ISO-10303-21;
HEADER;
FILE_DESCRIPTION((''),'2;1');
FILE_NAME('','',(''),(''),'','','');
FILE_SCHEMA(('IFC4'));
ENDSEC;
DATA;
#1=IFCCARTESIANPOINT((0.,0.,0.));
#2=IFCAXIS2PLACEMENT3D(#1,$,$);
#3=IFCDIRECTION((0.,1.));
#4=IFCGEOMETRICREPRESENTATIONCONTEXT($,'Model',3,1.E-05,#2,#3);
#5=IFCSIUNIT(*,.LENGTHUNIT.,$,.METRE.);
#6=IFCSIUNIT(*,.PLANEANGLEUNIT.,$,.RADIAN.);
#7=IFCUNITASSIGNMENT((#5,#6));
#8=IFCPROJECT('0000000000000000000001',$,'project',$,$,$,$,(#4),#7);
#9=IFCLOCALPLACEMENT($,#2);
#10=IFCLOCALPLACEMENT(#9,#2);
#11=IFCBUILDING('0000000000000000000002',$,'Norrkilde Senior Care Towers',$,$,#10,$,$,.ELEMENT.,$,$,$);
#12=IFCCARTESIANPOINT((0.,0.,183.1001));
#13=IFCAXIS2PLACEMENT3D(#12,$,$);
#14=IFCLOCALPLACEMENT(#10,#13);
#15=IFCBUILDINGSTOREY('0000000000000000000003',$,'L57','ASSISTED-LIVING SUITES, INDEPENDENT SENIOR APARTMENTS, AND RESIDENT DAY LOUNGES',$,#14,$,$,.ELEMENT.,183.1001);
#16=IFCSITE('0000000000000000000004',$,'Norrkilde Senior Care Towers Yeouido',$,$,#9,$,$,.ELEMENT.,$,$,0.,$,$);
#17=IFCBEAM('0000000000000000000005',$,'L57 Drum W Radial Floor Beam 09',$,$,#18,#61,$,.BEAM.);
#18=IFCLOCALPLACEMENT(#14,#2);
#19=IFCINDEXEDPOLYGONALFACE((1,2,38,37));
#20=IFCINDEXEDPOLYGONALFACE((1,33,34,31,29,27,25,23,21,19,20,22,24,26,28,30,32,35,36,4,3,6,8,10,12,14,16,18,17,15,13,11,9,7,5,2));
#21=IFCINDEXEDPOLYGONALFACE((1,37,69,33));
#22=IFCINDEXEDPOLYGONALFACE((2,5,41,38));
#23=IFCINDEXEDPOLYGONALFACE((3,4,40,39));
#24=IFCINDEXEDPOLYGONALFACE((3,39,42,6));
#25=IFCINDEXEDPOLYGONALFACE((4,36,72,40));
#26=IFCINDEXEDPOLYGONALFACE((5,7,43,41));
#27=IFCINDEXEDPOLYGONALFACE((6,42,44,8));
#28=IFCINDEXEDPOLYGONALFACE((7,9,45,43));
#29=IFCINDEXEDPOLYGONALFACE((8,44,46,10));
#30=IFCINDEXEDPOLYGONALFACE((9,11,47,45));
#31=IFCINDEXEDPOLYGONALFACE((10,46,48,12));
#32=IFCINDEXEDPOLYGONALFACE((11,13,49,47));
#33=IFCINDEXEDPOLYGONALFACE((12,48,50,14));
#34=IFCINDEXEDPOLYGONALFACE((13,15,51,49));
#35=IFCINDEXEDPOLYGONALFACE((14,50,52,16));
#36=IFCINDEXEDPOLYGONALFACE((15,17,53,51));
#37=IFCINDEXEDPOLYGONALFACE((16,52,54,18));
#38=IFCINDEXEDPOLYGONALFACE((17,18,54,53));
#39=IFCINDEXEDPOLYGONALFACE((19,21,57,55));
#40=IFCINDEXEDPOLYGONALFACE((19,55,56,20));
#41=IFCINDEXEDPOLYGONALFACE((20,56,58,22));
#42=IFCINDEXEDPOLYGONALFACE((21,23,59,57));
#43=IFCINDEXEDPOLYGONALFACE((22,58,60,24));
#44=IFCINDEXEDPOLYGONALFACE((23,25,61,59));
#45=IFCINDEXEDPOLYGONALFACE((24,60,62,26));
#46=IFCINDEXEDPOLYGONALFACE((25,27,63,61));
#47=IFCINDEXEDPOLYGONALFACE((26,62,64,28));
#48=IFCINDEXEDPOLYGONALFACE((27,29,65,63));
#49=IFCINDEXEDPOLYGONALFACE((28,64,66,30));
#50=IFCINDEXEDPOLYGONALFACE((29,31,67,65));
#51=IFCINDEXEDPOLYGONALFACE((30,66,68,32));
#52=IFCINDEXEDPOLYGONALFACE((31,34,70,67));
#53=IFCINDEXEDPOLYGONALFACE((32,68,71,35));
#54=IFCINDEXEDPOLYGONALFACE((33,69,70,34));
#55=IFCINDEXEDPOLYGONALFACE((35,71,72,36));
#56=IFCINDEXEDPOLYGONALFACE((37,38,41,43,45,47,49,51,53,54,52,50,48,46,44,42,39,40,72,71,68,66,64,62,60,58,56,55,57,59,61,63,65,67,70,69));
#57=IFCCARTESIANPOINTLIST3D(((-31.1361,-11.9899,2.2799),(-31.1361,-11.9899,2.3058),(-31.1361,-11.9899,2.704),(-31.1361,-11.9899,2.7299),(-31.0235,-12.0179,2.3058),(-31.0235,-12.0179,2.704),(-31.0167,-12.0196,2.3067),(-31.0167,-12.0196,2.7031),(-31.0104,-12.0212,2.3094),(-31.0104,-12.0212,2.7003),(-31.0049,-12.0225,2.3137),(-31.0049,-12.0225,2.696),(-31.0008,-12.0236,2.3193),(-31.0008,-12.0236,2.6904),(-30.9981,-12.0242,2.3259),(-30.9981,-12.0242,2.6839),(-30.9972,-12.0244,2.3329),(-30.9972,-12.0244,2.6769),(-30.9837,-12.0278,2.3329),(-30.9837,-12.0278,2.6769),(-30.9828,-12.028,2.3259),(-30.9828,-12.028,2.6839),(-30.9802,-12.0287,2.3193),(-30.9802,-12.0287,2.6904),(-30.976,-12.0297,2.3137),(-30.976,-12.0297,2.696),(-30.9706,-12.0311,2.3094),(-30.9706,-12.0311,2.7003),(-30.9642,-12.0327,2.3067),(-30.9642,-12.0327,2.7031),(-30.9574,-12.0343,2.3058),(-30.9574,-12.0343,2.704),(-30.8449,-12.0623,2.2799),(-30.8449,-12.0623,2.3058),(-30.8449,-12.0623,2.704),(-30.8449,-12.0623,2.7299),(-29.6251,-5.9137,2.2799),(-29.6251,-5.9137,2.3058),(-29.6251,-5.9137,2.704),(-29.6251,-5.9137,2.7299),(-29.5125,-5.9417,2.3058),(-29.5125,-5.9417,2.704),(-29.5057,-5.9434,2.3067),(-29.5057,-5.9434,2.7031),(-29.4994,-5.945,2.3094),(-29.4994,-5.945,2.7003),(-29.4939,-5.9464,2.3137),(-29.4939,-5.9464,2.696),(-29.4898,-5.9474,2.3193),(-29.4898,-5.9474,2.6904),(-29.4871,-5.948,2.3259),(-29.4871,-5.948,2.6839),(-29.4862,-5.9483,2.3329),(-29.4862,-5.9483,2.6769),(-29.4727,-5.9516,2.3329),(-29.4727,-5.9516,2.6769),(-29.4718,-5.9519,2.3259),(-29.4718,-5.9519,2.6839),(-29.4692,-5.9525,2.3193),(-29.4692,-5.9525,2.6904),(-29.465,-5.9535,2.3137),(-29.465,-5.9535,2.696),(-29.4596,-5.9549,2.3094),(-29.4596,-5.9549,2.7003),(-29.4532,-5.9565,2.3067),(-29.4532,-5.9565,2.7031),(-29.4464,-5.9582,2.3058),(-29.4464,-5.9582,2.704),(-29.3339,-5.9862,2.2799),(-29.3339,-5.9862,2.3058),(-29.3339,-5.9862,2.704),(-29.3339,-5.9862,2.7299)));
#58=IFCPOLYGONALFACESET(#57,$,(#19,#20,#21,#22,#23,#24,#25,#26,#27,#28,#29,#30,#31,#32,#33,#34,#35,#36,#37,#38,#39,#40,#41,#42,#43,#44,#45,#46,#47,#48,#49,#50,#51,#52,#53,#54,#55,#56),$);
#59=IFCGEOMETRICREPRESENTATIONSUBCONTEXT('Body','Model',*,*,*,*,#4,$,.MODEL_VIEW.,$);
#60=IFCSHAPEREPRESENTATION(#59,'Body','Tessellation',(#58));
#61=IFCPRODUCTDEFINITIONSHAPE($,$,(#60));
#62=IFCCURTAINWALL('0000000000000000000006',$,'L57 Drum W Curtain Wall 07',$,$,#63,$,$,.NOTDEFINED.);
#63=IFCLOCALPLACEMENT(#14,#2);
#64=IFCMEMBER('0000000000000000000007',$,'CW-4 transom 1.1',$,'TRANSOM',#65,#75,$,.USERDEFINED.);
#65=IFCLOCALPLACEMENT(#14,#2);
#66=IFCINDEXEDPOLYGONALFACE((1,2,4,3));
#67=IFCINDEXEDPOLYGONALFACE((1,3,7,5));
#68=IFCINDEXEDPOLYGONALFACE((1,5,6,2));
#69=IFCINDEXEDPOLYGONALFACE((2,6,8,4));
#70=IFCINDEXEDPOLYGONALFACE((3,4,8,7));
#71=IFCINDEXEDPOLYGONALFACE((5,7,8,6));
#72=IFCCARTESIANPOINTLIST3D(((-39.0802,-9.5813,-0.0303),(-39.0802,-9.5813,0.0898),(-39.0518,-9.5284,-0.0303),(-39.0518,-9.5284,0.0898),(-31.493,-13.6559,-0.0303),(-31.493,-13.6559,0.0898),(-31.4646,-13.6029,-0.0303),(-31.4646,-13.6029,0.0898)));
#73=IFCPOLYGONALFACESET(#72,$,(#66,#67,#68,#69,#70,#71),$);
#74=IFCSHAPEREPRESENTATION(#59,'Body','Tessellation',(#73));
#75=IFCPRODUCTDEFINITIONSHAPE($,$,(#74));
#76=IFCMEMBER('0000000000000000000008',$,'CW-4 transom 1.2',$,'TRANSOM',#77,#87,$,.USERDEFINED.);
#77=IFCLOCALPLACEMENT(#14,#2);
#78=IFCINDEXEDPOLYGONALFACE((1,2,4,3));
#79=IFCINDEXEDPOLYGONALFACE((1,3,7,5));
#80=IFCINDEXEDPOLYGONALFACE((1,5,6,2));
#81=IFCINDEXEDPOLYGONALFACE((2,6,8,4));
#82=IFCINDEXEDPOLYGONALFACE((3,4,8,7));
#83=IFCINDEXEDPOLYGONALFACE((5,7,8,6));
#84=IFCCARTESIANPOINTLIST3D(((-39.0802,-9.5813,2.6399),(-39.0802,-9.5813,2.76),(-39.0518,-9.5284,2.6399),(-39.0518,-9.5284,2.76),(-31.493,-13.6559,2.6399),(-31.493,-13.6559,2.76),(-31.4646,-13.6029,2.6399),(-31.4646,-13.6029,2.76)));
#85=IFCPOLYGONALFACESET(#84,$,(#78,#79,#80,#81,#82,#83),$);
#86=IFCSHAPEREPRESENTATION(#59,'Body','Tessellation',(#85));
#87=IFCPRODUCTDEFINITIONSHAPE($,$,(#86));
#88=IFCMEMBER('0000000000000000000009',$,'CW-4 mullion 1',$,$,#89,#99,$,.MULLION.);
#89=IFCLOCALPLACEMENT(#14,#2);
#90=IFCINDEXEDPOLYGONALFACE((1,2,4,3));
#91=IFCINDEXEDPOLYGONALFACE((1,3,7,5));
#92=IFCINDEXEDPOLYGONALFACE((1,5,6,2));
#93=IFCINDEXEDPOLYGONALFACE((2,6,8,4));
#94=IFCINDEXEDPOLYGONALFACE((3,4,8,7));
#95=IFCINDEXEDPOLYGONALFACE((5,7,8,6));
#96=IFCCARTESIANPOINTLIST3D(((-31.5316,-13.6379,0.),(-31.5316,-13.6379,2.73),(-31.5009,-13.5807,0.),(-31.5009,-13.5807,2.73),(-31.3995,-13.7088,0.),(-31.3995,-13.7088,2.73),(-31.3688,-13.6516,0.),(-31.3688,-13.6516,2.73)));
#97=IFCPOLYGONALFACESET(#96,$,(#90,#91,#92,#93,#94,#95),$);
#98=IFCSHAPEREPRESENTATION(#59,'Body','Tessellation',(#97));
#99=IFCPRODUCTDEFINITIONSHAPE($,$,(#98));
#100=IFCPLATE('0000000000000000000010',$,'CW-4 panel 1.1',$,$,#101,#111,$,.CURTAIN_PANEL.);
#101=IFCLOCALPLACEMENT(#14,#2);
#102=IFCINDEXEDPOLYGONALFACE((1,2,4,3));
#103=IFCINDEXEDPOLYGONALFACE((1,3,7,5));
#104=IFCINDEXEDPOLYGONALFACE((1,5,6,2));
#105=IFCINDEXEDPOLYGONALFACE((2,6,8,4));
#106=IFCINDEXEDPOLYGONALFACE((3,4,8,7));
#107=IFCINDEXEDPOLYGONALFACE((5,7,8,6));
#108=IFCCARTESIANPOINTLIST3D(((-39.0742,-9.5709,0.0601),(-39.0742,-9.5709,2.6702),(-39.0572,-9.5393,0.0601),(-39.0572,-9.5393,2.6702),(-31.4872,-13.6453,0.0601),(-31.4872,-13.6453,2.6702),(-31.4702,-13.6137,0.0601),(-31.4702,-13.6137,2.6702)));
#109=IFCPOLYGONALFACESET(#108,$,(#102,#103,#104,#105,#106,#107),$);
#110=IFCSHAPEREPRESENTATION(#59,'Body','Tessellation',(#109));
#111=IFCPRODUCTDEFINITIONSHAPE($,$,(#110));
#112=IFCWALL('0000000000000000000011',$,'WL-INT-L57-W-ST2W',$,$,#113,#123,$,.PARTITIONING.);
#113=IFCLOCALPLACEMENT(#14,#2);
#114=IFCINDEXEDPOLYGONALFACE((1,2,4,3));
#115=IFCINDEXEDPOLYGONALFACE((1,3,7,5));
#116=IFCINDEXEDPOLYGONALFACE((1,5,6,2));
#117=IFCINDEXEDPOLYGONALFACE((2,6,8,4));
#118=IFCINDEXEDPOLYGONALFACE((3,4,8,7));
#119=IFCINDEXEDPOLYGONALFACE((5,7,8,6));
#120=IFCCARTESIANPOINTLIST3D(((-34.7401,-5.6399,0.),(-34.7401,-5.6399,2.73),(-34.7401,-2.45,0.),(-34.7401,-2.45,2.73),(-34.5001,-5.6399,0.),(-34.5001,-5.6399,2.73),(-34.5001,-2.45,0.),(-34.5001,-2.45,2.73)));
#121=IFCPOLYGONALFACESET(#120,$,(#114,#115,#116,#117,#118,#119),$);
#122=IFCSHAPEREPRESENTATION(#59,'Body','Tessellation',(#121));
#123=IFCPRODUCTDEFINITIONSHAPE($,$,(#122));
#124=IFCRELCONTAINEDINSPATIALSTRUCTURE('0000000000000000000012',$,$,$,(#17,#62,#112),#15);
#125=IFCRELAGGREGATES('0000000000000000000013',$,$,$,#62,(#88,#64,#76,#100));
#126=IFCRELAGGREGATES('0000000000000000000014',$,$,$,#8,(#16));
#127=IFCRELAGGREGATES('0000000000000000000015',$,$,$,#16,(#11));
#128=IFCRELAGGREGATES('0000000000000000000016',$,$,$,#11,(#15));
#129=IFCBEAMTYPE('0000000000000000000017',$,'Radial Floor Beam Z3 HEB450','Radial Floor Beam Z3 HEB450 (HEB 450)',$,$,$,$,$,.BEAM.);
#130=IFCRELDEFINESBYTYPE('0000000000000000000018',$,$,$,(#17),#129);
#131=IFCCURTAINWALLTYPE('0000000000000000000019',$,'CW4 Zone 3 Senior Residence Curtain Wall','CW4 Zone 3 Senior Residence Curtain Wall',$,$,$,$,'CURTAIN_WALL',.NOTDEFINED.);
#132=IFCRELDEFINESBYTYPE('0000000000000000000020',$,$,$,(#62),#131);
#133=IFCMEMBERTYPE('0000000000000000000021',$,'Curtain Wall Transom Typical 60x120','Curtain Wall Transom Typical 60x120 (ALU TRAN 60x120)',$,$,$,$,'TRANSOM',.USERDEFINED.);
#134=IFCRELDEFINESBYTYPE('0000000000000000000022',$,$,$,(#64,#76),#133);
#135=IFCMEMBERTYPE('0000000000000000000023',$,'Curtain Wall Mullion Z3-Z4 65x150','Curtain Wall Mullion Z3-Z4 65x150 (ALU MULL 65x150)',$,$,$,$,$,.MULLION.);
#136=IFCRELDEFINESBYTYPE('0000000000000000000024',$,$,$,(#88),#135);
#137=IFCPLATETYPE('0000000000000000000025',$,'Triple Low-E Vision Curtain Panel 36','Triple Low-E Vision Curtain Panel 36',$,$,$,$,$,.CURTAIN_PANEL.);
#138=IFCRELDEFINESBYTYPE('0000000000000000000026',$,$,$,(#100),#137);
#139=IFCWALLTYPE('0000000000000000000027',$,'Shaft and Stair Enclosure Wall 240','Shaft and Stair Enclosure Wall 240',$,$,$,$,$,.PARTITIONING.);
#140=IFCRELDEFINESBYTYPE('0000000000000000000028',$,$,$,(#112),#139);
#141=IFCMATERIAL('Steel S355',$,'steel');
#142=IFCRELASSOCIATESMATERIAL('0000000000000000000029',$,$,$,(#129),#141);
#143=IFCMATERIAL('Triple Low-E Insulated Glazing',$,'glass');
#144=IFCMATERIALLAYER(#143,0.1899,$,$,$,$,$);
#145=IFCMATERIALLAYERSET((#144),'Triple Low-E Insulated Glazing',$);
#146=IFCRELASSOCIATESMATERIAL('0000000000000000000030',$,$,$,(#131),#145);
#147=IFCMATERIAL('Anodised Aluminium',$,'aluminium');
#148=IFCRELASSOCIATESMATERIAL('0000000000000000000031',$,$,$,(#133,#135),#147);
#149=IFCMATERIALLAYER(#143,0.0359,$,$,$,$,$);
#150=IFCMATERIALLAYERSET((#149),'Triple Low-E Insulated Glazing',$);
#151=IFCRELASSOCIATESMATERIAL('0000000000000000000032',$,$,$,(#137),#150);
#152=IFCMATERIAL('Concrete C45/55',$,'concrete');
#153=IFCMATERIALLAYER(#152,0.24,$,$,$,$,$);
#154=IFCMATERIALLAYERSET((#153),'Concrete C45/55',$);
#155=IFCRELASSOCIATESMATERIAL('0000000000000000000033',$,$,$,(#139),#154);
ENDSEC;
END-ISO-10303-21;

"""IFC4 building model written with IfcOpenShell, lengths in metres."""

from ifc_helpers import new_model, si_unit, direction, frame, frame_2d, origin, origin_2d, place, context, subcontext, project, spatial, rectangle, i_section, extrude, source, transform, mapped, material, layer, layer_set, material_profile, profile_set, type_object, type_shapes, element, aggregate, save


model = new_model("IFC4")

# Units and contexts
model_context = context("Model", 3, precision=1e-05, world=origin(), true_north=direction((0.0, 1.0)))
body_context = subcontext(model_context, "Body", "Model", "MODEL_VIEW")
ifc_project = project(units=[si_unit("LENGTHUNIT", "METRE"), si_unit("PLANEANGLEUNIT", "RADIAN")], contexts=[model_context])

# Site, building, storey
site_placement = place(None, origin())
site = spatial("IfcSite", under=ifc_project, at=site_placement, Name="Norrkilde Senior Care Towers Yeouido", CompositionType="ELEMENT", RefElevation=0.0)
building_placement = place(site_placement, origin())
building = spatial("IfcBuilding", under=site, at=building_placement, Name="Norrkilde Senior Care Towers", CompositionType="ELEMENT")
storey_placement = place(building_placement, frame((0.0, 0.0, 183.1001)))
storey = spatial("IfcBuildingStorey", under=building, at=storey_placement, Name="L57", Description="ASSISTED-LIVING SUITES, INDEPENDENT SENIOR APARTMENTS, AND RESIDENT DAY LOUNGES", CompositionType="ELEMENT", Elevation=183.1001)

# Beam
ifc_material_1 = material(Name="Steel S355", Category="steel")
ifc_material_profile_1 = material_profile(ifc_material_1, i_section(OverallWidth=0.3, OverallDepth=0.45, WebThickness=0.0139, FlangeThickness=0.0259, FilletRadius=0.0271, at=origin_2d()), Name="HEB 450")
ifc_profile_set_1 = profile_set([ifc_material_profile_1], Name="Steel S355")
beam_type_1 = type_object("IfcBeamType", Name="Radial Floor Beam Z3 HEB450", Description="Radial Floor Beam Z3 HEB450 (HEB 450)", PredefinedType="BEAM", material=ifc_profile_set_1)
shared_shape_1 = source(origin(), body_context, "Body", "SweptSolid", [
    extrude(i_section(OverallWidth=0.3, OverallDepth=0.45, WebThickness=0.0139, FlangeThickness=0.0259, FilletRadius=0.0271, at=origin_2d()), origin(), (0.0, 0.0, 1.0), 6.2612),
])
beam_1_placement = place(storey_placement, frame((-29.4795, -5.95, 2.5049), z_axis=(-0.241324, -0.970445, 0.0), x_axis=(0.970445, -0.241324, 0.0)))
element("IfcBeam", 1, at=beam_1_placement, inside=storey, type_object=beam_type_1, Name="L57 Drum W Radial Floor Beam 09", PredefinedType="BEAM", context=body_context, shape_type="MappedRepresentation", body=[
    mapped(shared_shape_1, transform((0.0, 0.0, 0.0), x_axis=(1.0, 0.0, 0.0), y_axis=(0.0, 1.0, 0.0), z_axis=(0.0, 0.0, 1.0), scale=1.0)),
])

# Curtain wall, members, plate
ifc_material_2 = material(Name="Triple Low-E Insulated Glazing", Category="glass")
ifc_layer_1 = layer(ifc_material_2, 0.1899)
ifc_layer_set_1 = layer_set([ifc_layer_1], Name="Triple Low-E Insulated Glazing")
curtain_wall_type = type_object("IfcCurtainWallType", Name="CW4 Zone 3 Senior Residence Curtain Wall", Description="CW4 Zone 3 Senior Residence Curtain Wall", ElementType="CURTAIN_WALL", PredefinedType="NOTDEFINED", material=ifc_layer_set_1)
curtain_wall_placement = place(storey_placement, origin())
curtain_wall = element("IfcCurtainWall", 2, at=curtain_wall_placement, inside=storey, type_object=curtain_wall_type, Name="L57 Drum W Curtain Wall 07", PredefinedType="NOTDEFINED")
ifc_material_3 = material(Name="Anodised Aluminium", Category="aluminium")
ifc_material_profile_2 = material_profile(ifc_material_3, rectangle(XDim=0.0601, YDim=0.1201, at=origin_2d()), Name="ALU TRAN 60x120")
ifc_profile_set_2 = profile_set([ifc_material_profile_2], Name="Anodised Aluminium")
member_type_1 = type_object("IfcMemberType", Name="Curtain Wall Transom Typical 60x120", Description="Curtain Wall Transom Typical 60x120 (ALU TRAN 60x120)", ElementType="TRANSOM", PredefinedType="USERDEFINED", material=ifc_profile_set_2)
shared_shape_2 = source(origin(), body_context, "Body", "SweptSolid", [
    extrude(rectangle(XDim=0.0601, YDim=0.1201, at=origin_2d()), origin(), (0.0, 0.0, 1.0), 8.6121),
])
type_shapes(member_type_1, [shared_shape_2])
member_1_placement = place(storey_placement, frame((-31.4788, -13.6294, 0.0298), z_axis=(-0.881, 0.473116, 0.0), x_axis=(-0.473116, -0.881, 0.0)))
member_1 = element("IfcMember", 3, at=member_1_placement, type_object=member_type_1, Name="CW-4 transom 1.1", ObjectType="TRANSOM", PredefinedType="USERDEFINED", context=body_context, shape_type="MappedRepresentation", body=[
    mapped(shared_shape_2, transform((0.0, 0.0, 0.0), x_axis=(1.0, 0.0, 0.0), y_axis=(0.0, 1.0, 0.0), z_axis=(0.0, 0.0, 1.0), scale=1.0)),
])
member_2_placement = place(storey_placement, frame((-31.4788, -13.6294, 2.7), z_axis=(-0.881, 0.473116, 0.0), x_axis=(-0.473116, -0.881, 0.0)))
member_2 = element("IfcMember", 4, at=member_2_placement, type_object=member_type_1, Name="CW-4 transom 1.2", ObjectType="TRANSOM", PredefinedType="USERDEFINED", context=body_context, shape_type="MappedRepresentation", body=[
    mapped(shared_shape_2, transform((0.0, 0.0, 0.0), x_axis=(1.0, 0.0, 0.0), y_axis=(0.0, 1.0, 0.0), z_axis=(0.0, 0.0, 1.0), scale=1.0)),
])
ifc_material_profile_3 = material_profile(ifc_material_3, rectangle(XDim=0.0649, YDim=0.1499, at=origin_2d()), Name="ALU MULL 65x150")
ifc_profile_set_3 = profile_set([ifc_material_profile_3], Name="Anodised Aluminium")
member_type_2 = type_object("IfcMemberType", Name="Curtain Wall Mullion Z3-Z4 65x150", Description="Curtain Wall Mullion Z3-Z4 65x150 (ALU MULL 65x150)", PredefinedType="MULLION", material=ifc_profile_set_3)
shared_shape_3 = source(origin(), body_context, "Body", "SweptSolid", [
    extrude(rectangle(XDim=0.0649, YDim=0.1499, at=origin_2d()), origin(), (0.0, 0.0, 1.0), 2.73),
])
type_shapes(member_type_2, [shared_shape_3])
member_3_placement = place(storey_placement, frame((-31.4502, -13.6448, 0.0), z_axis=(0.0, 0.0, 1.0), x_axis=(-0.473117, -0.881, 0.0)))
member_3 = element("IfcMember", 5, at=member_3_placement, type_object=member_type_2, Name="CW-4 mullion 1", PredefinedType="MULLION", context=body_context, shape_type="MappedRepresentation", body=[
    mapped(shared_shape_3, transform((0.0, 0.0, 0.0), x_axis=(1.0, 0.0, 0.0), y_axis=(0.0, 1.0, 0.0), z_axis=(0.0, 0.0, 1.0), scale=1.0)),
])
ifc_layer_2 = layer(ifc_material_2, 0.0359)
ifc_layer_set_2 = layer_set([ifc_layer_2], Name="Triple Low-E Insulated Glazing")
plate_type = type_object("IfcPlateType", Name="Triple Low-E Vision Curtain Panel 36", Description="Triple Low-E Vision Curtain Panel 36", PredefinedType="CURTAIN_PANEL", material=ifc_layer_set_2)
shared_shape_4 = source(origin(), body_context, "Body", "SweptSolid", [
    extrude(rectangle(XDim=8.6118, YDim=0.0359, at=origin_2d()), origin(), (0.0, 0.0, 1.0), 2.6101),
])
type_shapes(plate_type, [shared_shape_4])
plate_placement = place(storey_placement, frame((-35.2722, -11.5923, 0.0601), z_axis=(0.0, 0.0, 1.0), x_axis=(-0.881, 0.473117, 0.0)))
plate = element("IfcPlate", 6, at=plate_placement, type_object=plate_type, Name="CW-4 panel 1.1", PredefinedType="CURTAIN_PANEL", context=body_context, shape_type="MappedRepresentation", body=[
    mapped(shared_shape_4, transform((0.0, 0.0, 0.0), x_axis=(1.0, 0.0, 0.0), y_axis=(0.0, 1.0, 0.0), z_axis=(0.0, 0.0, 1.0), scale=1.0)),
])
aggregate(curtain_wall, [member_3, member_1, member_2, plate])

# Shared definitions
ifc_material_4 = material(Name="Concrete C45/55", Category="concrete")
ifc_layer_3 = layer(ifc_material_4, 0.24)
ifc_layer_set_3 = layer_set([ifc_layer_3], Name="Concrete C45/55")
wall_type_1 = type_object("IfcWallType", Name="Shaft and Stair Enclosure Wall 240", Description="Shaft and Stair Enclosure Wall 240", PredefinedType="PARTITIONING", material=ifc_layer_set_3)

# Wall
shared_shape_5 = source(origin(), body_context, "Body", "SweptSolid", [
    extrude(rectangle(XDim=3.1899, YDim=0.24, at=frame_2d((1.595, 0.0))), origin(), (0.0, 0.0, 1.0), 2.73),
])
wall_1_placement = place(storey_placement, frame((-34.6201, -5.6399, 0.0), z_axis=(0.0, 0.0, 1.0), x_axis=(0.0, 1.0, 0.0)))
element("IfcWall", 7, at=wall_1_placement, inside=storey, type_object=wall_type_1, Name="WL-INT-L57-W-ST2W", PredefinedType="PARTITIONING", context=body_context, shape_type="MappedRepresentation", body=[
    mapped(shared_shape_5, transform((0.0, 0.0, 0.0), x_axis=(1.0, 0.0, 0.0), y_axis=(0.0, 1.0, 0.0), z_axis=(0.0, 0.0, 1.0), scale=1.0)),
])

save(model, "model.ifc")
